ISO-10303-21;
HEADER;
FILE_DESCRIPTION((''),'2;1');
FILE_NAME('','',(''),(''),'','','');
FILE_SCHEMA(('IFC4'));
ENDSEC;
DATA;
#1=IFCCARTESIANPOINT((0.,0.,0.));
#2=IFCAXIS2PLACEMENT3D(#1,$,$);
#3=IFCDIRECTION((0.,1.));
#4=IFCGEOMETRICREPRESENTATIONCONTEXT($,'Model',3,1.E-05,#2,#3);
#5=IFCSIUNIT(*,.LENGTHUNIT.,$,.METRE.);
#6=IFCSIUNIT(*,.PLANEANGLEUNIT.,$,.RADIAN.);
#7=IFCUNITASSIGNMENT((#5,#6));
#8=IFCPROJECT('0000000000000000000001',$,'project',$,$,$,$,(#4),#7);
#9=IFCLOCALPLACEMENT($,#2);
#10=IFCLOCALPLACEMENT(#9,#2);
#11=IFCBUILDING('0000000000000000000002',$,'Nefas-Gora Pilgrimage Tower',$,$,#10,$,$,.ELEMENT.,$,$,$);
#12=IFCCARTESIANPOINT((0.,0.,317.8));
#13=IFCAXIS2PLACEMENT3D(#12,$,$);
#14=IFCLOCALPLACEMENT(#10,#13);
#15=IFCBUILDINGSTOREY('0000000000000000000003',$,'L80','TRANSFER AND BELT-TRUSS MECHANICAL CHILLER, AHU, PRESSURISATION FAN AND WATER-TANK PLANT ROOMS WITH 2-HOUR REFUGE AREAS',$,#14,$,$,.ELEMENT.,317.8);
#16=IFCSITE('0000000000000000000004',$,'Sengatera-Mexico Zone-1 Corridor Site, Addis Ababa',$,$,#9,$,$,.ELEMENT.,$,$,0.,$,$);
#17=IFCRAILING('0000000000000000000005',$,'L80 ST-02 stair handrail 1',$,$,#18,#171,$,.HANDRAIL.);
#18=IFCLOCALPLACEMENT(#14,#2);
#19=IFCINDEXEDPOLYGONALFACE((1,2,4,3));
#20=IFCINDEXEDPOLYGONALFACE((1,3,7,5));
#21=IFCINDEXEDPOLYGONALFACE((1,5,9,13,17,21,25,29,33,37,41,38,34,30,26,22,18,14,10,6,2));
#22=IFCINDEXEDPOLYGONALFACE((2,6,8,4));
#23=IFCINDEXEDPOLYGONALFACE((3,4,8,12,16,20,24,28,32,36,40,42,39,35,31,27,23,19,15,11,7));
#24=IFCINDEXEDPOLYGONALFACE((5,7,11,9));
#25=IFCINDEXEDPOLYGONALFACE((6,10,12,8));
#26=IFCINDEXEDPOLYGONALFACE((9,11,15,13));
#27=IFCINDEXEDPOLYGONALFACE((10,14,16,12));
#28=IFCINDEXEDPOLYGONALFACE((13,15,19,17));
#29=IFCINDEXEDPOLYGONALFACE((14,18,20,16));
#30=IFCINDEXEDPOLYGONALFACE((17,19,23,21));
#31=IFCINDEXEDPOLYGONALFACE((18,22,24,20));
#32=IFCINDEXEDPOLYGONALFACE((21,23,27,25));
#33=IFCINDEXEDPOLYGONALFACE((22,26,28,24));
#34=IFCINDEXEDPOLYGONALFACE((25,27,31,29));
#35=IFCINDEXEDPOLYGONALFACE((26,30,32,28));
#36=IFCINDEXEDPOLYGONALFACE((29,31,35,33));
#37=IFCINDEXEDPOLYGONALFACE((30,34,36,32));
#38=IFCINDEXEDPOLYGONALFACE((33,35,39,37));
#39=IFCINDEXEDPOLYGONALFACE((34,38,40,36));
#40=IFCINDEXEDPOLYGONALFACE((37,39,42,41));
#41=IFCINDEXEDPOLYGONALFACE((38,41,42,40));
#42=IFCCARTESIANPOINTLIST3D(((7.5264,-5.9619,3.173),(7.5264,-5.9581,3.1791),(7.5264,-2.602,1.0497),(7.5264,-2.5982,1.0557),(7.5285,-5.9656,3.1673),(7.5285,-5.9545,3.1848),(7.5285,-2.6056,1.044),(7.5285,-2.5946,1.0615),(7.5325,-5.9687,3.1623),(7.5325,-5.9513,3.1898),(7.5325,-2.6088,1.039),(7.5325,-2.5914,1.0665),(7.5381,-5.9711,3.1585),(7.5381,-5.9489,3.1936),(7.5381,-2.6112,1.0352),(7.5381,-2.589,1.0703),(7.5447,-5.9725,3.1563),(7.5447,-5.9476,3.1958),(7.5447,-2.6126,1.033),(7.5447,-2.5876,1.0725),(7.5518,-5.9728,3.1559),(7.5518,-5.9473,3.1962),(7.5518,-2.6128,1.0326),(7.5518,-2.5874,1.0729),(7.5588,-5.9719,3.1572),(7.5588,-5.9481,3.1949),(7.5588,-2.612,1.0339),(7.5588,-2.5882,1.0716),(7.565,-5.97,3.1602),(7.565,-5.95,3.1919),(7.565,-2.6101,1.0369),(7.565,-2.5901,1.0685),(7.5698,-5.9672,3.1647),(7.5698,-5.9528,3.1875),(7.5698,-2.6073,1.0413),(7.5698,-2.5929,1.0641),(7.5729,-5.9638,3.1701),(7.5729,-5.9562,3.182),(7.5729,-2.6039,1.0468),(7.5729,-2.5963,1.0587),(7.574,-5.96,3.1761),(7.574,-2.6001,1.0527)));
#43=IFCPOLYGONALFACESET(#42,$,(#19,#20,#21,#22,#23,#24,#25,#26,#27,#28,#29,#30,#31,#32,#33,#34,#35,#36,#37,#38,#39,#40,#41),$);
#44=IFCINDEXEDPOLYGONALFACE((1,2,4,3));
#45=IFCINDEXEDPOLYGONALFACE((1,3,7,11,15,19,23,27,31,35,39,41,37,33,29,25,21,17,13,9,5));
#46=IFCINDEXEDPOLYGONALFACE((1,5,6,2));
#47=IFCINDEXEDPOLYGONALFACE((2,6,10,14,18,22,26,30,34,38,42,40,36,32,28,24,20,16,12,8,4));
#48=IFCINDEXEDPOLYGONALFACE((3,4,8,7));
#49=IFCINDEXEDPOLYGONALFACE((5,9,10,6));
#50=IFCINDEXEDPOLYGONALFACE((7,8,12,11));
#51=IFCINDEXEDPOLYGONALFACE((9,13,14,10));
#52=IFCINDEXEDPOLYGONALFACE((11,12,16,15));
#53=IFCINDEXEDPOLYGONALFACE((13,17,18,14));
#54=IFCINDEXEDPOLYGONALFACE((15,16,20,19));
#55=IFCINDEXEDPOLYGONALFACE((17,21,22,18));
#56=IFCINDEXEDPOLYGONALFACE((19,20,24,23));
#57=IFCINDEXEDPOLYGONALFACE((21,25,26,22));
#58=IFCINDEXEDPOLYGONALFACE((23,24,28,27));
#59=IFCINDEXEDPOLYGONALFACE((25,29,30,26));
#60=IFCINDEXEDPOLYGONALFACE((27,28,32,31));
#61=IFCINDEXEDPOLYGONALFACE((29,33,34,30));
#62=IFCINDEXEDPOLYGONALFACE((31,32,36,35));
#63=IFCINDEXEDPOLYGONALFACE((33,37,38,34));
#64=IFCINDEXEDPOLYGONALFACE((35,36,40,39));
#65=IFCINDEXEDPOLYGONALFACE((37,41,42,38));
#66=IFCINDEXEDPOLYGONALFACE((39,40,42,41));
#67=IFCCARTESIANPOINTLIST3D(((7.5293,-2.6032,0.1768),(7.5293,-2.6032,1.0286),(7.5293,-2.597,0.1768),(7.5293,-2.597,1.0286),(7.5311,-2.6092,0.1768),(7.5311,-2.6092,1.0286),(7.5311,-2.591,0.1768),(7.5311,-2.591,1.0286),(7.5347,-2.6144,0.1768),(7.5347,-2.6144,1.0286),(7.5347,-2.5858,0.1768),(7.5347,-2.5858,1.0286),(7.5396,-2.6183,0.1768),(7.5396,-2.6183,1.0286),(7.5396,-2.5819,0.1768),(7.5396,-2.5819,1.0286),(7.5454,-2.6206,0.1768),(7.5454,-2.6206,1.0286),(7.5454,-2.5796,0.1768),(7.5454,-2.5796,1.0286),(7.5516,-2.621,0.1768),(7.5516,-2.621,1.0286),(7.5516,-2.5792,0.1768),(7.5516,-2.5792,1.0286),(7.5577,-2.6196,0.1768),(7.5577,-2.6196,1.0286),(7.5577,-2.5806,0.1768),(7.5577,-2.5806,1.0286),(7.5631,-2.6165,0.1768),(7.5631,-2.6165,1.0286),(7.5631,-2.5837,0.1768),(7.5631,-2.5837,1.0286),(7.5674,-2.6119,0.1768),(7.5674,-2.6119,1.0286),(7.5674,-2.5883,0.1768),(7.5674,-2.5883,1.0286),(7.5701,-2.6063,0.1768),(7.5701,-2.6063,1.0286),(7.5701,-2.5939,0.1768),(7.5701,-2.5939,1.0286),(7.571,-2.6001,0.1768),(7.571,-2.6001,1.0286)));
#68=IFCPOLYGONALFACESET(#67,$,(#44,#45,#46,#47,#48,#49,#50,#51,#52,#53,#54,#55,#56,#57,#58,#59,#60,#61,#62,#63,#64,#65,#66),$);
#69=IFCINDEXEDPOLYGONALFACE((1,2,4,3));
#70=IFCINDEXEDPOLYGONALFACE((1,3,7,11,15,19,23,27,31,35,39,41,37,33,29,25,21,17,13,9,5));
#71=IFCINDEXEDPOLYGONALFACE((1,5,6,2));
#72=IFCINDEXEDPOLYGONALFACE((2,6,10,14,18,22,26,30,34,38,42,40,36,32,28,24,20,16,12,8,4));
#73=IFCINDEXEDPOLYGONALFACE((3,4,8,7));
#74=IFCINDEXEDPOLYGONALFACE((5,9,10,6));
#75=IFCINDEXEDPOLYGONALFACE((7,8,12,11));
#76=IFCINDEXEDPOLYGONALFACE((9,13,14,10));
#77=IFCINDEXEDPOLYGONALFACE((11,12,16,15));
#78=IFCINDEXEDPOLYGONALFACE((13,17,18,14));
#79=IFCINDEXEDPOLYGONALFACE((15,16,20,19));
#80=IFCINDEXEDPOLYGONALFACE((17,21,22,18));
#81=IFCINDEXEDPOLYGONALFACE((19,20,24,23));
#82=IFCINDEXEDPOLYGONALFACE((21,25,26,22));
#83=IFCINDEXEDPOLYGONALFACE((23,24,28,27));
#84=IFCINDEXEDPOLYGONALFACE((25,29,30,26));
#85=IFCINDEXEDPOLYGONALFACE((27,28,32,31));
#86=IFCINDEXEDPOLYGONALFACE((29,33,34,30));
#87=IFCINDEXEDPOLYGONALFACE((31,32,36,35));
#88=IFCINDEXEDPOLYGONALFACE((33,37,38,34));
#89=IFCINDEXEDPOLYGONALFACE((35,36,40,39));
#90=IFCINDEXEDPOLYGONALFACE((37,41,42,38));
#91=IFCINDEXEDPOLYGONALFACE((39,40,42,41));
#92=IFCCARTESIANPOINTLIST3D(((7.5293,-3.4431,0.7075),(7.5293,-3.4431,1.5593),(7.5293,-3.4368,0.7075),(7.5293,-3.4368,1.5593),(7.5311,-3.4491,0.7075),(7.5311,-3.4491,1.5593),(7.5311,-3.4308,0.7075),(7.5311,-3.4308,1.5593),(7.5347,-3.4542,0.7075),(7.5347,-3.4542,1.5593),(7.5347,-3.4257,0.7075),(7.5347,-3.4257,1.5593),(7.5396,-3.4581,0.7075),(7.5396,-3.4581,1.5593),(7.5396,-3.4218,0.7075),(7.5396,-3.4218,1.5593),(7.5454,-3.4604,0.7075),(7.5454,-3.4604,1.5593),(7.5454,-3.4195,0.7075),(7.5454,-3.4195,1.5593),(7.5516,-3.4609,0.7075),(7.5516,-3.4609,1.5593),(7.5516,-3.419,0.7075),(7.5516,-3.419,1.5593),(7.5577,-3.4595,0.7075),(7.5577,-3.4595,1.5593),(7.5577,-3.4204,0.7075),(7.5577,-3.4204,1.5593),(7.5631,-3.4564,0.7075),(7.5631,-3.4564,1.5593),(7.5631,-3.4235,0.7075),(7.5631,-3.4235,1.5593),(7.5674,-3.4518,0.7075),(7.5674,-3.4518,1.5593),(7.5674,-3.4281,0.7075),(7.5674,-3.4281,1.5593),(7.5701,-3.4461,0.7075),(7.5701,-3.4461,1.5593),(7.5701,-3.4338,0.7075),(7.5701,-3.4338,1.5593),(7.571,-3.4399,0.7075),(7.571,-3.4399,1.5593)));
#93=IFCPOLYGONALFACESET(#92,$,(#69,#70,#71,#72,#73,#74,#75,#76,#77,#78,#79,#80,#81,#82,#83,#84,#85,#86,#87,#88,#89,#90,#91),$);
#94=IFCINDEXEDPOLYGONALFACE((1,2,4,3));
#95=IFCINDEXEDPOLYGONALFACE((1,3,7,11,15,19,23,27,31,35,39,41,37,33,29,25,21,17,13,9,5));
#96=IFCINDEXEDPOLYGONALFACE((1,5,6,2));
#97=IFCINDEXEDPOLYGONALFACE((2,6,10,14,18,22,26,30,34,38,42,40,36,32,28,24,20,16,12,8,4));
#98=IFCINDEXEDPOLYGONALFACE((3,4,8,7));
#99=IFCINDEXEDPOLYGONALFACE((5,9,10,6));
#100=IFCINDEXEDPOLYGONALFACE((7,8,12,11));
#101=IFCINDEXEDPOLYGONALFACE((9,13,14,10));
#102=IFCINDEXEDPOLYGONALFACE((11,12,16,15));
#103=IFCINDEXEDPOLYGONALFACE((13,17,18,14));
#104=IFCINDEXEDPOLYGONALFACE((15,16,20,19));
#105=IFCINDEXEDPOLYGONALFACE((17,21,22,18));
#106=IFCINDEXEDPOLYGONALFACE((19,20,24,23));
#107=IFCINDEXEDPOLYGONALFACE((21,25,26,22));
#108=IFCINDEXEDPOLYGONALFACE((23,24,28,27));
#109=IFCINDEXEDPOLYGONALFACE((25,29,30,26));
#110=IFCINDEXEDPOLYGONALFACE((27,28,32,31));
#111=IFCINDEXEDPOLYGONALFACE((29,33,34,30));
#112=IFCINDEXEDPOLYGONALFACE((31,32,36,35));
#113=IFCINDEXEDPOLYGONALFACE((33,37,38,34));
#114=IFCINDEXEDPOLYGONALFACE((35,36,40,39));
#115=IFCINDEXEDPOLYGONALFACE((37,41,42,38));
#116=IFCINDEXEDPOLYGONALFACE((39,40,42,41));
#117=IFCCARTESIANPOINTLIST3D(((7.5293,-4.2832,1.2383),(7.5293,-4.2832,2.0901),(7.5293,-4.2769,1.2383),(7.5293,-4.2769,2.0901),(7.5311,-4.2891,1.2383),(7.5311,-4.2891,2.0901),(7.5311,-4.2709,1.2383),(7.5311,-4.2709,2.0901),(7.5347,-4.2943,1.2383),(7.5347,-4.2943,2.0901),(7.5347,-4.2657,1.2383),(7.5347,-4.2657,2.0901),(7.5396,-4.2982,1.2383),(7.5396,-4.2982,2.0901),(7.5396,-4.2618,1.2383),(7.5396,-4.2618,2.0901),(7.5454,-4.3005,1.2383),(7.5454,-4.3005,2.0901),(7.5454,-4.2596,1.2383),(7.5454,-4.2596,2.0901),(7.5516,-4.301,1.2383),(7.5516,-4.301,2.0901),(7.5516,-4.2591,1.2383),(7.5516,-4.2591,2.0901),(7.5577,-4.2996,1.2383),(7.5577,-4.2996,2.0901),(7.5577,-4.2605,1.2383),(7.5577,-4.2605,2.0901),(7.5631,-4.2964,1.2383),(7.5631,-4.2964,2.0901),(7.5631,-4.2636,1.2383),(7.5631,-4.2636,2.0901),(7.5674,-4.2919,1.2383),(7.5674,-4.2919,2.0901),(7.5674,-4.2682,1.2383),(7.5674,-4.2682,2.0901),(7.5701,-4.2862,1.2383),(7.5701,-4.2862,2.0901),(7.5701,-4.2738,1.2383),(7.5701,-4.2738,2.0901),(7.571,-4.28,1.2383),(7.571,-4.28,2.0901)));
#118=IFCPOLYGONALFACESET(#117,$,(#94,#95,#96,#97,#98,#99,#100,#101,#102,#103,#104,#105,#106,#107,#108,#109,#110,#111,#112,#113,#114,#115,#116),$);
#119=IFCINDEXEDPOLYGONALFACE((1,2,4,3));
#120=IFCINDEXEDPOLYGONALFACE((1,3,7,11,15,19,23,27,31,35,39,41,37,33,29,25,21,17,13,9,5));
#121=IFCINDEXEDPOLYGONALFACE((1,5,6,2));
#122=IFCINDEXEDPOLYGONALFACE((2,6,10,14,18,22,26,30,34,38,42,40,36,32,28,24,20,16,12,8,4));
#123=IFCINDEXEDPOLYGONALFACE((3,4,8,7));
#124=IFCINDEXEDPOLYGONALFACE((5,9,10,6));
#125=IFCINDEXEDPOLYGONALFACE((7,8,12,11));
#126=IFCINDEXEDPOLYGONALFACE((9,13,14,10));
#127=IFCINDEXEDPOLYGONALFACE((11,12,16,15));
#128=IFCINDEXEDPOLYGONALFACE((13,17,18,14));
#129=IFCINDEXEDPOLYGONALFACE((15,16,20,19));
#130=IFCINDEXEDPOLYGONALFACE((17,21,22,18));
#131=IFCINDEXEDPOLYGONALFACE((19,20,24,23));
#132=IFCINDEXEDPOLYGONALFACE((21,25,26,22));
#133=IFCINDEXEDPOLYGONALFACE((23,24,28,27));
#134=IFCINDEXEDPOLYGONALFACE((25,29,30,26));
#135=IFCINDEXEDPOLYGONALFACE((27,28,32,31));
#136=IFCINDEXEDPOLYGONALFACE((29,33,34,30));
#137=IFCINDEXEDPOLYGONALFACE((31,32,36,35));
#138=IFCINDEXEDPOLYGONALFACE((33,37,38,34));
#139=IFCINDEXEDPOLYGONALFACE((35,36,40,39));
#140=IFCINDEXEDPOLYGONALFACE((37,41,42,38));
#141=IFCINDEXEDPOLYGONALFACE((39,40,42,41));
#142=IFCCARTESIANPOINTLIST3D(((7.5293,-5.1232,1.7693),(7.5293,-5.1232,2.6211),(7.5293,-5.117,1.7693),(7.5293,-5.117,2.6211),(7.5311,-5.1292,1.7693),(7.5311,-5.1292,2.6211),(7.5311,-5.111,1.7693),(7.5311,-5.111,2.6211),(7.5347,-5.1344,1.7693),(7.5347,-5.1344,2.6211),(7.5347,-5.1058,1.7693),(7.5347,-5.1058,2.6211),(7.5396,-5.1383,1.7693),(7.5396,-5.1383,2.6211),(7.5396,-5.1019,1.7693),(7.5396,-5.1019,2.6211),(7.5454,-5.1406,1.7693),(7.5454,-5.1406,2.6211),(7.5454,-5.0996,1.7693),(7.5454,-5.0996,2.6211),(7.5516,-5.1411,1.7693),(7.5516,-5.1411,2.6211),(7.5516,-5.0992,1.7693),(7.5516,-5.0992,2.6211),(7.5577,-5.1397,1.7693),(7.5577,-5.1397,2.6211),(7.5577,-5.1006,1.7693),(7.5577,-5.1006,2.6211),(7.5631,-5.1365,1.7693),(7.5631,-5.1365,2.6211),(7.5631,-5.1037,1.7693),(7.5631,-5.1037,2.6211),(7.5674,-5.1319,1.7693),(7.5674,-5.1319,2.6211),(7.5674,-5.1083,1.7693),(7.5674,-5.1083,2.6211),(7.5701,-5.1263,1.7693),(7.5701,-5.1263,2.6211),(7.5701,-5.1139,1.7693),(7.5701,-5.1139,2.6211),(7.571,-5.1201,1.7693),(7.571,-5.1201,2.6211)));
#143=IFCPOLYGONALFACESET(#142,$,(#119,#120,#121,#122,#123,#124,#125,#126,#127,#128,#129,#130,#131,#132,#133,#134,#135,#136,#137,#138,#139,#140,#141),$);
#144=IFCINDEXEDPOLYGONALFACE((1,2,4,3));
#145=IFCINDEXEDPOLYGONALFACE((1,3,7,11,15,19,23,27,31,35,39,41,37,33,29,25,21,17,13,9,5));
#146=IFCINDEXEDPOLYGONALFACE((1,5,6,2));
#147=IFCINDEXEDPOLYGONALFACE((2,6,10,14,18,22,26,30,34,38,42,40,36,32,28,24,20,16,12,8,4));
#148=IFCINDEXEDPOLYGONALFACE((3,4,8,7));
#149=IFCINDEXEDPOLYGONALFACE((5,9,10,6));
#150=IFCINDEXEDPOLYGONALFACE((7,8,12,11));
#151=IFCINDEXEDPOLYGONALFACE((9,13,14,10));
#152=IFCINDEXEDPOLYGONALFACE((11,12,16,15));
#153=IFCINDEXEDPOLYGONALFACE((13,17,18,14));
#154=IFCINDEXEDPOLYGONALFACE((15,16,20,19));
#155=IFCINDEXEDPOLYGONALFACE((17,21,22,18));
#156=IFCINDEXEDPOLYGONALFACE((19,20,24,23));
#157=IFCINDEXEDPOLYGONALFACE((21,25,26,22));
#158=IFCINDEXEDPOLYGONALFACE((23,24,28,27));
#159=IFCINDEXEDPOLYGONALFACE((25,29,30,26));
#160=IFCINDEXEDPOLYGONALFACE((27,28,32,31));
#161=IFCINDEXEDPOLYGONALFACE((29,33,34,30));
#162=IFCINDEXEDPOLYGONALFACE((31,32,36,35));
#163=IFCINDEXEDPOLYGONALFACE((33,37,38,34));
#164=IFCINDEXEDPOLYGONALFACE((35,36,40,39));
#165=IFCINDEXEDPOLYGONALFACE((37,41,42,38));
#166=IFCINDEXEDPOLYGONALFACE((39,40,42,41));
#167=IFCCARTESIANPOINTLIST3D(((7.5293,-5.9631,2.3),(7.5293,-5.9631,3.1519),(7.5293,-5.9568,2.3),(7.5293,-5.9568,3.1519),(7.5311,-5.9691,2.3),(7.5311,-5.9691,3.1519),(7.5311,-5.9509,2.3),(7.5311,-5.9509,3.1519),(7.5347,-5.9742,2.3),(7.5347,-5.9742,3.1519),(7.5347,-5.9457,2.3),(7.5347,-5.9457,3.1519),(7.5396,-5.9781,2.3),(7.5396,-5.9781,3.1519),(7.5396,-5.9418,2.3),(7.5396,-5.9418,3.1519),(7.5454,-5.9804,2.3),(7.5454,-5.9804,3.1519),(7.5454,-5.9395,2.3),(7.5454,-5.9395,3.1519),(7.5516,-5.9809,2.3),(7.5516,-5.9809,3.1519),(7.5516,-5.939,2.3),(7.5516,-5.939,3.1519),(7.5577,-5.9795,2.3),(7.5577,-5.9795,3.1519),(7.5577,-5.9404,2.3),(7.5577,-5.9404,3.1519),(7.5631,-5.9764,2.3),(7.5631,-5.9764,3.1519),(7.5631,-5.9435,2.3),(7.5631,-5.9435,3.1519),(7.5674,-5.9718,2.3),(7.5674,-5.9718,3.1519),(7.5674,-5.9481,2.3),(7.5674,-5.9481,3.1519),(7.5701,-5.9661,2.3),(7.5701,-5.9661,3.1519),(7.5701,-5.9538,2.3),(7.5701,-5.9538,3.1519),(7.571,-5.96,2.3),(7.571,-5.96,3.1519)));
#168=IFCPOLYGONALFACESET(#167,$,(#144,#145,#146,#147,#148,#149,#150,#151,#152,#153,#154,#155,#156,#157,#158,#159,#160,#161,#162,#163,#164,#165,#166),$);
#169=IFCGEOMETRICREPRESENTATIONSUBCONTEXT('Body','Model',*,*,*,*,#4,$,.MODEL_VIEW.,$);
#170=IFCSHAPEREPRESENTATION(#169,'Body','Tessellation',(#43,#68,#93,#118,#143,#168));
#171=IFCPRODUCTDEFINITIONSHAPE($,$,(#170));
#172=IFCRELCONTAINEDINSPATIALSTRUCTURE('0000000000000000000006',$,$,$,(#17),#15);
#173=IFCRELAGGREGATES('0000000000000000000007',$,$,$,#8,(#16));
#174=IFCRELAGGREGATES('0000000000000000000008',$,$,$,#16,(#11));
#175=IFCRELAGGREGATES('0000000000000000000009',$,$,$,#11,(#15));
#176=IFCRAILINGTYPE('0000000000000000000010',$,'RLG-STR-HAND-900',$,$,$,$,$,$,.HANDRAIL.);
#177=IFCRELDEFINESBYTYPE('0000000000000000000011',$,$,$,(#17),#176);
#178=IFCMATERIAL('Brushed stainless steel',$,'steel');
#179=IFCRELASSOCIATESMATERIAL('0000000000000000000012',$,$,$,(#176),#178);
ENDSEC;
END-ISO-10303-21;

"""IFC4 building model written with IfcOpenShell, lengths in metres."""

from ifc_helpers import new_model, si_unit, direction, frame, origin, origin_2d, place, context, subcontext, project, spatial, circle, extrude, material, type_object, element, save


model = new_model("IFC4")

# Units and contexts
model_context = context("Model", 3, precision=1e-05, world=origin(), true_north=direction((0.0, 1.0)))
body_context = subcontext(model_context, "Body", "Model", "MODEL_VIEW")
ifc_project = project(units=[si_unit("LENGTHUNIT", "METRE"), si_unit("PLANEANGLEUNIT", "RADIAN")], contexts=[model_context])

# Site, building, storey
site_placement = place(None, origin())
site = spatial("IfcSite", under=ifc_project, at=site_placement, Name="Sengatera-Mexico Zone-1 Corridor Site, Addis Ababa", CompositionType="ELEMENT", RefElevation=0.0)
building_placement = place(site_placement, origin())
building = spatial("IfcBuilding", under=site, at=building_placement, Name="Nefas-Gora Pilgrimage Tower", CompositionType="ELEMENT")
storey_placement = place(building_placement, frame((0.0, 0.0, 317.8)))
storey = spatial("IfcBuildingStorey", under=building, at=storey_placement, Name="L80", Description="TRANSFER AND BELT-TRUSS MECHANICAL CHILLER, AHU, PRESSURISATION FAN AND WATER-TANK PLANT ROOMS WITH 2-HOUR REFUGE AREAS", CompositionType="ELEMENT", Elevation=317.8)

# Railing
ifc_material_1 = material(Name="Brushed stainless steel", Category="steel")
railing_type_1 = type_object("IfcRailingType", Name="RLG-STR-HAND-900", PredefinedType="HANDRAIL", material=ifc_material_1)
railing_1_placement = place(storey_placement, frame((7.55, -2.6001, 0.1768)))
element("IfcRailing", 1, at=railing_1_placement, inside=storey, type_object=railing_type_1, Name="L80 ST-02 stair handrail 1", PredefinedType="HANDRAIL", context=body_context, shape_type="SweptSolid", body=[
    extrude(circle(Radius=0.0239, at=origin_2d()), frame((0.0, 0.0, 0.876), z_axis=(0.0, -0.845344, 0.534222), x_axis=(1.0, 0.0, 0.0)), (0.0, 0.0, 1.0), 3.9746),
    extrude(circle(Radius=0.021, at=origin_2d()), origin(), (0.0, 0.0, 1.0), 0.8518),
    extrude(circle(Radius=0.021, at=origin_2d()), frame((0.0, -0.8398, 0.5308)), (0.0, 0.0, 1.0), 0.8518),
    extrude(circle(Radius=0.021, at=origin_2d()), frame((0.0, -1.6799, 1.0615)), (0.0, 0.0, 1.0), 0.8518),
    extrude(circle(Radius=0.021, at=origin_2d()), frame((0.0, -2.52, 1.5925)), (0.0, 0.0, 1.0), 0.8518),
    extrude(circle(Radius=0.021, at=origin_2d()), frame((0.0, -3.3599, 2.1233)), (0.0, 0.0, 1.0), 0.8518),
])

save(model, "model.ifc")
